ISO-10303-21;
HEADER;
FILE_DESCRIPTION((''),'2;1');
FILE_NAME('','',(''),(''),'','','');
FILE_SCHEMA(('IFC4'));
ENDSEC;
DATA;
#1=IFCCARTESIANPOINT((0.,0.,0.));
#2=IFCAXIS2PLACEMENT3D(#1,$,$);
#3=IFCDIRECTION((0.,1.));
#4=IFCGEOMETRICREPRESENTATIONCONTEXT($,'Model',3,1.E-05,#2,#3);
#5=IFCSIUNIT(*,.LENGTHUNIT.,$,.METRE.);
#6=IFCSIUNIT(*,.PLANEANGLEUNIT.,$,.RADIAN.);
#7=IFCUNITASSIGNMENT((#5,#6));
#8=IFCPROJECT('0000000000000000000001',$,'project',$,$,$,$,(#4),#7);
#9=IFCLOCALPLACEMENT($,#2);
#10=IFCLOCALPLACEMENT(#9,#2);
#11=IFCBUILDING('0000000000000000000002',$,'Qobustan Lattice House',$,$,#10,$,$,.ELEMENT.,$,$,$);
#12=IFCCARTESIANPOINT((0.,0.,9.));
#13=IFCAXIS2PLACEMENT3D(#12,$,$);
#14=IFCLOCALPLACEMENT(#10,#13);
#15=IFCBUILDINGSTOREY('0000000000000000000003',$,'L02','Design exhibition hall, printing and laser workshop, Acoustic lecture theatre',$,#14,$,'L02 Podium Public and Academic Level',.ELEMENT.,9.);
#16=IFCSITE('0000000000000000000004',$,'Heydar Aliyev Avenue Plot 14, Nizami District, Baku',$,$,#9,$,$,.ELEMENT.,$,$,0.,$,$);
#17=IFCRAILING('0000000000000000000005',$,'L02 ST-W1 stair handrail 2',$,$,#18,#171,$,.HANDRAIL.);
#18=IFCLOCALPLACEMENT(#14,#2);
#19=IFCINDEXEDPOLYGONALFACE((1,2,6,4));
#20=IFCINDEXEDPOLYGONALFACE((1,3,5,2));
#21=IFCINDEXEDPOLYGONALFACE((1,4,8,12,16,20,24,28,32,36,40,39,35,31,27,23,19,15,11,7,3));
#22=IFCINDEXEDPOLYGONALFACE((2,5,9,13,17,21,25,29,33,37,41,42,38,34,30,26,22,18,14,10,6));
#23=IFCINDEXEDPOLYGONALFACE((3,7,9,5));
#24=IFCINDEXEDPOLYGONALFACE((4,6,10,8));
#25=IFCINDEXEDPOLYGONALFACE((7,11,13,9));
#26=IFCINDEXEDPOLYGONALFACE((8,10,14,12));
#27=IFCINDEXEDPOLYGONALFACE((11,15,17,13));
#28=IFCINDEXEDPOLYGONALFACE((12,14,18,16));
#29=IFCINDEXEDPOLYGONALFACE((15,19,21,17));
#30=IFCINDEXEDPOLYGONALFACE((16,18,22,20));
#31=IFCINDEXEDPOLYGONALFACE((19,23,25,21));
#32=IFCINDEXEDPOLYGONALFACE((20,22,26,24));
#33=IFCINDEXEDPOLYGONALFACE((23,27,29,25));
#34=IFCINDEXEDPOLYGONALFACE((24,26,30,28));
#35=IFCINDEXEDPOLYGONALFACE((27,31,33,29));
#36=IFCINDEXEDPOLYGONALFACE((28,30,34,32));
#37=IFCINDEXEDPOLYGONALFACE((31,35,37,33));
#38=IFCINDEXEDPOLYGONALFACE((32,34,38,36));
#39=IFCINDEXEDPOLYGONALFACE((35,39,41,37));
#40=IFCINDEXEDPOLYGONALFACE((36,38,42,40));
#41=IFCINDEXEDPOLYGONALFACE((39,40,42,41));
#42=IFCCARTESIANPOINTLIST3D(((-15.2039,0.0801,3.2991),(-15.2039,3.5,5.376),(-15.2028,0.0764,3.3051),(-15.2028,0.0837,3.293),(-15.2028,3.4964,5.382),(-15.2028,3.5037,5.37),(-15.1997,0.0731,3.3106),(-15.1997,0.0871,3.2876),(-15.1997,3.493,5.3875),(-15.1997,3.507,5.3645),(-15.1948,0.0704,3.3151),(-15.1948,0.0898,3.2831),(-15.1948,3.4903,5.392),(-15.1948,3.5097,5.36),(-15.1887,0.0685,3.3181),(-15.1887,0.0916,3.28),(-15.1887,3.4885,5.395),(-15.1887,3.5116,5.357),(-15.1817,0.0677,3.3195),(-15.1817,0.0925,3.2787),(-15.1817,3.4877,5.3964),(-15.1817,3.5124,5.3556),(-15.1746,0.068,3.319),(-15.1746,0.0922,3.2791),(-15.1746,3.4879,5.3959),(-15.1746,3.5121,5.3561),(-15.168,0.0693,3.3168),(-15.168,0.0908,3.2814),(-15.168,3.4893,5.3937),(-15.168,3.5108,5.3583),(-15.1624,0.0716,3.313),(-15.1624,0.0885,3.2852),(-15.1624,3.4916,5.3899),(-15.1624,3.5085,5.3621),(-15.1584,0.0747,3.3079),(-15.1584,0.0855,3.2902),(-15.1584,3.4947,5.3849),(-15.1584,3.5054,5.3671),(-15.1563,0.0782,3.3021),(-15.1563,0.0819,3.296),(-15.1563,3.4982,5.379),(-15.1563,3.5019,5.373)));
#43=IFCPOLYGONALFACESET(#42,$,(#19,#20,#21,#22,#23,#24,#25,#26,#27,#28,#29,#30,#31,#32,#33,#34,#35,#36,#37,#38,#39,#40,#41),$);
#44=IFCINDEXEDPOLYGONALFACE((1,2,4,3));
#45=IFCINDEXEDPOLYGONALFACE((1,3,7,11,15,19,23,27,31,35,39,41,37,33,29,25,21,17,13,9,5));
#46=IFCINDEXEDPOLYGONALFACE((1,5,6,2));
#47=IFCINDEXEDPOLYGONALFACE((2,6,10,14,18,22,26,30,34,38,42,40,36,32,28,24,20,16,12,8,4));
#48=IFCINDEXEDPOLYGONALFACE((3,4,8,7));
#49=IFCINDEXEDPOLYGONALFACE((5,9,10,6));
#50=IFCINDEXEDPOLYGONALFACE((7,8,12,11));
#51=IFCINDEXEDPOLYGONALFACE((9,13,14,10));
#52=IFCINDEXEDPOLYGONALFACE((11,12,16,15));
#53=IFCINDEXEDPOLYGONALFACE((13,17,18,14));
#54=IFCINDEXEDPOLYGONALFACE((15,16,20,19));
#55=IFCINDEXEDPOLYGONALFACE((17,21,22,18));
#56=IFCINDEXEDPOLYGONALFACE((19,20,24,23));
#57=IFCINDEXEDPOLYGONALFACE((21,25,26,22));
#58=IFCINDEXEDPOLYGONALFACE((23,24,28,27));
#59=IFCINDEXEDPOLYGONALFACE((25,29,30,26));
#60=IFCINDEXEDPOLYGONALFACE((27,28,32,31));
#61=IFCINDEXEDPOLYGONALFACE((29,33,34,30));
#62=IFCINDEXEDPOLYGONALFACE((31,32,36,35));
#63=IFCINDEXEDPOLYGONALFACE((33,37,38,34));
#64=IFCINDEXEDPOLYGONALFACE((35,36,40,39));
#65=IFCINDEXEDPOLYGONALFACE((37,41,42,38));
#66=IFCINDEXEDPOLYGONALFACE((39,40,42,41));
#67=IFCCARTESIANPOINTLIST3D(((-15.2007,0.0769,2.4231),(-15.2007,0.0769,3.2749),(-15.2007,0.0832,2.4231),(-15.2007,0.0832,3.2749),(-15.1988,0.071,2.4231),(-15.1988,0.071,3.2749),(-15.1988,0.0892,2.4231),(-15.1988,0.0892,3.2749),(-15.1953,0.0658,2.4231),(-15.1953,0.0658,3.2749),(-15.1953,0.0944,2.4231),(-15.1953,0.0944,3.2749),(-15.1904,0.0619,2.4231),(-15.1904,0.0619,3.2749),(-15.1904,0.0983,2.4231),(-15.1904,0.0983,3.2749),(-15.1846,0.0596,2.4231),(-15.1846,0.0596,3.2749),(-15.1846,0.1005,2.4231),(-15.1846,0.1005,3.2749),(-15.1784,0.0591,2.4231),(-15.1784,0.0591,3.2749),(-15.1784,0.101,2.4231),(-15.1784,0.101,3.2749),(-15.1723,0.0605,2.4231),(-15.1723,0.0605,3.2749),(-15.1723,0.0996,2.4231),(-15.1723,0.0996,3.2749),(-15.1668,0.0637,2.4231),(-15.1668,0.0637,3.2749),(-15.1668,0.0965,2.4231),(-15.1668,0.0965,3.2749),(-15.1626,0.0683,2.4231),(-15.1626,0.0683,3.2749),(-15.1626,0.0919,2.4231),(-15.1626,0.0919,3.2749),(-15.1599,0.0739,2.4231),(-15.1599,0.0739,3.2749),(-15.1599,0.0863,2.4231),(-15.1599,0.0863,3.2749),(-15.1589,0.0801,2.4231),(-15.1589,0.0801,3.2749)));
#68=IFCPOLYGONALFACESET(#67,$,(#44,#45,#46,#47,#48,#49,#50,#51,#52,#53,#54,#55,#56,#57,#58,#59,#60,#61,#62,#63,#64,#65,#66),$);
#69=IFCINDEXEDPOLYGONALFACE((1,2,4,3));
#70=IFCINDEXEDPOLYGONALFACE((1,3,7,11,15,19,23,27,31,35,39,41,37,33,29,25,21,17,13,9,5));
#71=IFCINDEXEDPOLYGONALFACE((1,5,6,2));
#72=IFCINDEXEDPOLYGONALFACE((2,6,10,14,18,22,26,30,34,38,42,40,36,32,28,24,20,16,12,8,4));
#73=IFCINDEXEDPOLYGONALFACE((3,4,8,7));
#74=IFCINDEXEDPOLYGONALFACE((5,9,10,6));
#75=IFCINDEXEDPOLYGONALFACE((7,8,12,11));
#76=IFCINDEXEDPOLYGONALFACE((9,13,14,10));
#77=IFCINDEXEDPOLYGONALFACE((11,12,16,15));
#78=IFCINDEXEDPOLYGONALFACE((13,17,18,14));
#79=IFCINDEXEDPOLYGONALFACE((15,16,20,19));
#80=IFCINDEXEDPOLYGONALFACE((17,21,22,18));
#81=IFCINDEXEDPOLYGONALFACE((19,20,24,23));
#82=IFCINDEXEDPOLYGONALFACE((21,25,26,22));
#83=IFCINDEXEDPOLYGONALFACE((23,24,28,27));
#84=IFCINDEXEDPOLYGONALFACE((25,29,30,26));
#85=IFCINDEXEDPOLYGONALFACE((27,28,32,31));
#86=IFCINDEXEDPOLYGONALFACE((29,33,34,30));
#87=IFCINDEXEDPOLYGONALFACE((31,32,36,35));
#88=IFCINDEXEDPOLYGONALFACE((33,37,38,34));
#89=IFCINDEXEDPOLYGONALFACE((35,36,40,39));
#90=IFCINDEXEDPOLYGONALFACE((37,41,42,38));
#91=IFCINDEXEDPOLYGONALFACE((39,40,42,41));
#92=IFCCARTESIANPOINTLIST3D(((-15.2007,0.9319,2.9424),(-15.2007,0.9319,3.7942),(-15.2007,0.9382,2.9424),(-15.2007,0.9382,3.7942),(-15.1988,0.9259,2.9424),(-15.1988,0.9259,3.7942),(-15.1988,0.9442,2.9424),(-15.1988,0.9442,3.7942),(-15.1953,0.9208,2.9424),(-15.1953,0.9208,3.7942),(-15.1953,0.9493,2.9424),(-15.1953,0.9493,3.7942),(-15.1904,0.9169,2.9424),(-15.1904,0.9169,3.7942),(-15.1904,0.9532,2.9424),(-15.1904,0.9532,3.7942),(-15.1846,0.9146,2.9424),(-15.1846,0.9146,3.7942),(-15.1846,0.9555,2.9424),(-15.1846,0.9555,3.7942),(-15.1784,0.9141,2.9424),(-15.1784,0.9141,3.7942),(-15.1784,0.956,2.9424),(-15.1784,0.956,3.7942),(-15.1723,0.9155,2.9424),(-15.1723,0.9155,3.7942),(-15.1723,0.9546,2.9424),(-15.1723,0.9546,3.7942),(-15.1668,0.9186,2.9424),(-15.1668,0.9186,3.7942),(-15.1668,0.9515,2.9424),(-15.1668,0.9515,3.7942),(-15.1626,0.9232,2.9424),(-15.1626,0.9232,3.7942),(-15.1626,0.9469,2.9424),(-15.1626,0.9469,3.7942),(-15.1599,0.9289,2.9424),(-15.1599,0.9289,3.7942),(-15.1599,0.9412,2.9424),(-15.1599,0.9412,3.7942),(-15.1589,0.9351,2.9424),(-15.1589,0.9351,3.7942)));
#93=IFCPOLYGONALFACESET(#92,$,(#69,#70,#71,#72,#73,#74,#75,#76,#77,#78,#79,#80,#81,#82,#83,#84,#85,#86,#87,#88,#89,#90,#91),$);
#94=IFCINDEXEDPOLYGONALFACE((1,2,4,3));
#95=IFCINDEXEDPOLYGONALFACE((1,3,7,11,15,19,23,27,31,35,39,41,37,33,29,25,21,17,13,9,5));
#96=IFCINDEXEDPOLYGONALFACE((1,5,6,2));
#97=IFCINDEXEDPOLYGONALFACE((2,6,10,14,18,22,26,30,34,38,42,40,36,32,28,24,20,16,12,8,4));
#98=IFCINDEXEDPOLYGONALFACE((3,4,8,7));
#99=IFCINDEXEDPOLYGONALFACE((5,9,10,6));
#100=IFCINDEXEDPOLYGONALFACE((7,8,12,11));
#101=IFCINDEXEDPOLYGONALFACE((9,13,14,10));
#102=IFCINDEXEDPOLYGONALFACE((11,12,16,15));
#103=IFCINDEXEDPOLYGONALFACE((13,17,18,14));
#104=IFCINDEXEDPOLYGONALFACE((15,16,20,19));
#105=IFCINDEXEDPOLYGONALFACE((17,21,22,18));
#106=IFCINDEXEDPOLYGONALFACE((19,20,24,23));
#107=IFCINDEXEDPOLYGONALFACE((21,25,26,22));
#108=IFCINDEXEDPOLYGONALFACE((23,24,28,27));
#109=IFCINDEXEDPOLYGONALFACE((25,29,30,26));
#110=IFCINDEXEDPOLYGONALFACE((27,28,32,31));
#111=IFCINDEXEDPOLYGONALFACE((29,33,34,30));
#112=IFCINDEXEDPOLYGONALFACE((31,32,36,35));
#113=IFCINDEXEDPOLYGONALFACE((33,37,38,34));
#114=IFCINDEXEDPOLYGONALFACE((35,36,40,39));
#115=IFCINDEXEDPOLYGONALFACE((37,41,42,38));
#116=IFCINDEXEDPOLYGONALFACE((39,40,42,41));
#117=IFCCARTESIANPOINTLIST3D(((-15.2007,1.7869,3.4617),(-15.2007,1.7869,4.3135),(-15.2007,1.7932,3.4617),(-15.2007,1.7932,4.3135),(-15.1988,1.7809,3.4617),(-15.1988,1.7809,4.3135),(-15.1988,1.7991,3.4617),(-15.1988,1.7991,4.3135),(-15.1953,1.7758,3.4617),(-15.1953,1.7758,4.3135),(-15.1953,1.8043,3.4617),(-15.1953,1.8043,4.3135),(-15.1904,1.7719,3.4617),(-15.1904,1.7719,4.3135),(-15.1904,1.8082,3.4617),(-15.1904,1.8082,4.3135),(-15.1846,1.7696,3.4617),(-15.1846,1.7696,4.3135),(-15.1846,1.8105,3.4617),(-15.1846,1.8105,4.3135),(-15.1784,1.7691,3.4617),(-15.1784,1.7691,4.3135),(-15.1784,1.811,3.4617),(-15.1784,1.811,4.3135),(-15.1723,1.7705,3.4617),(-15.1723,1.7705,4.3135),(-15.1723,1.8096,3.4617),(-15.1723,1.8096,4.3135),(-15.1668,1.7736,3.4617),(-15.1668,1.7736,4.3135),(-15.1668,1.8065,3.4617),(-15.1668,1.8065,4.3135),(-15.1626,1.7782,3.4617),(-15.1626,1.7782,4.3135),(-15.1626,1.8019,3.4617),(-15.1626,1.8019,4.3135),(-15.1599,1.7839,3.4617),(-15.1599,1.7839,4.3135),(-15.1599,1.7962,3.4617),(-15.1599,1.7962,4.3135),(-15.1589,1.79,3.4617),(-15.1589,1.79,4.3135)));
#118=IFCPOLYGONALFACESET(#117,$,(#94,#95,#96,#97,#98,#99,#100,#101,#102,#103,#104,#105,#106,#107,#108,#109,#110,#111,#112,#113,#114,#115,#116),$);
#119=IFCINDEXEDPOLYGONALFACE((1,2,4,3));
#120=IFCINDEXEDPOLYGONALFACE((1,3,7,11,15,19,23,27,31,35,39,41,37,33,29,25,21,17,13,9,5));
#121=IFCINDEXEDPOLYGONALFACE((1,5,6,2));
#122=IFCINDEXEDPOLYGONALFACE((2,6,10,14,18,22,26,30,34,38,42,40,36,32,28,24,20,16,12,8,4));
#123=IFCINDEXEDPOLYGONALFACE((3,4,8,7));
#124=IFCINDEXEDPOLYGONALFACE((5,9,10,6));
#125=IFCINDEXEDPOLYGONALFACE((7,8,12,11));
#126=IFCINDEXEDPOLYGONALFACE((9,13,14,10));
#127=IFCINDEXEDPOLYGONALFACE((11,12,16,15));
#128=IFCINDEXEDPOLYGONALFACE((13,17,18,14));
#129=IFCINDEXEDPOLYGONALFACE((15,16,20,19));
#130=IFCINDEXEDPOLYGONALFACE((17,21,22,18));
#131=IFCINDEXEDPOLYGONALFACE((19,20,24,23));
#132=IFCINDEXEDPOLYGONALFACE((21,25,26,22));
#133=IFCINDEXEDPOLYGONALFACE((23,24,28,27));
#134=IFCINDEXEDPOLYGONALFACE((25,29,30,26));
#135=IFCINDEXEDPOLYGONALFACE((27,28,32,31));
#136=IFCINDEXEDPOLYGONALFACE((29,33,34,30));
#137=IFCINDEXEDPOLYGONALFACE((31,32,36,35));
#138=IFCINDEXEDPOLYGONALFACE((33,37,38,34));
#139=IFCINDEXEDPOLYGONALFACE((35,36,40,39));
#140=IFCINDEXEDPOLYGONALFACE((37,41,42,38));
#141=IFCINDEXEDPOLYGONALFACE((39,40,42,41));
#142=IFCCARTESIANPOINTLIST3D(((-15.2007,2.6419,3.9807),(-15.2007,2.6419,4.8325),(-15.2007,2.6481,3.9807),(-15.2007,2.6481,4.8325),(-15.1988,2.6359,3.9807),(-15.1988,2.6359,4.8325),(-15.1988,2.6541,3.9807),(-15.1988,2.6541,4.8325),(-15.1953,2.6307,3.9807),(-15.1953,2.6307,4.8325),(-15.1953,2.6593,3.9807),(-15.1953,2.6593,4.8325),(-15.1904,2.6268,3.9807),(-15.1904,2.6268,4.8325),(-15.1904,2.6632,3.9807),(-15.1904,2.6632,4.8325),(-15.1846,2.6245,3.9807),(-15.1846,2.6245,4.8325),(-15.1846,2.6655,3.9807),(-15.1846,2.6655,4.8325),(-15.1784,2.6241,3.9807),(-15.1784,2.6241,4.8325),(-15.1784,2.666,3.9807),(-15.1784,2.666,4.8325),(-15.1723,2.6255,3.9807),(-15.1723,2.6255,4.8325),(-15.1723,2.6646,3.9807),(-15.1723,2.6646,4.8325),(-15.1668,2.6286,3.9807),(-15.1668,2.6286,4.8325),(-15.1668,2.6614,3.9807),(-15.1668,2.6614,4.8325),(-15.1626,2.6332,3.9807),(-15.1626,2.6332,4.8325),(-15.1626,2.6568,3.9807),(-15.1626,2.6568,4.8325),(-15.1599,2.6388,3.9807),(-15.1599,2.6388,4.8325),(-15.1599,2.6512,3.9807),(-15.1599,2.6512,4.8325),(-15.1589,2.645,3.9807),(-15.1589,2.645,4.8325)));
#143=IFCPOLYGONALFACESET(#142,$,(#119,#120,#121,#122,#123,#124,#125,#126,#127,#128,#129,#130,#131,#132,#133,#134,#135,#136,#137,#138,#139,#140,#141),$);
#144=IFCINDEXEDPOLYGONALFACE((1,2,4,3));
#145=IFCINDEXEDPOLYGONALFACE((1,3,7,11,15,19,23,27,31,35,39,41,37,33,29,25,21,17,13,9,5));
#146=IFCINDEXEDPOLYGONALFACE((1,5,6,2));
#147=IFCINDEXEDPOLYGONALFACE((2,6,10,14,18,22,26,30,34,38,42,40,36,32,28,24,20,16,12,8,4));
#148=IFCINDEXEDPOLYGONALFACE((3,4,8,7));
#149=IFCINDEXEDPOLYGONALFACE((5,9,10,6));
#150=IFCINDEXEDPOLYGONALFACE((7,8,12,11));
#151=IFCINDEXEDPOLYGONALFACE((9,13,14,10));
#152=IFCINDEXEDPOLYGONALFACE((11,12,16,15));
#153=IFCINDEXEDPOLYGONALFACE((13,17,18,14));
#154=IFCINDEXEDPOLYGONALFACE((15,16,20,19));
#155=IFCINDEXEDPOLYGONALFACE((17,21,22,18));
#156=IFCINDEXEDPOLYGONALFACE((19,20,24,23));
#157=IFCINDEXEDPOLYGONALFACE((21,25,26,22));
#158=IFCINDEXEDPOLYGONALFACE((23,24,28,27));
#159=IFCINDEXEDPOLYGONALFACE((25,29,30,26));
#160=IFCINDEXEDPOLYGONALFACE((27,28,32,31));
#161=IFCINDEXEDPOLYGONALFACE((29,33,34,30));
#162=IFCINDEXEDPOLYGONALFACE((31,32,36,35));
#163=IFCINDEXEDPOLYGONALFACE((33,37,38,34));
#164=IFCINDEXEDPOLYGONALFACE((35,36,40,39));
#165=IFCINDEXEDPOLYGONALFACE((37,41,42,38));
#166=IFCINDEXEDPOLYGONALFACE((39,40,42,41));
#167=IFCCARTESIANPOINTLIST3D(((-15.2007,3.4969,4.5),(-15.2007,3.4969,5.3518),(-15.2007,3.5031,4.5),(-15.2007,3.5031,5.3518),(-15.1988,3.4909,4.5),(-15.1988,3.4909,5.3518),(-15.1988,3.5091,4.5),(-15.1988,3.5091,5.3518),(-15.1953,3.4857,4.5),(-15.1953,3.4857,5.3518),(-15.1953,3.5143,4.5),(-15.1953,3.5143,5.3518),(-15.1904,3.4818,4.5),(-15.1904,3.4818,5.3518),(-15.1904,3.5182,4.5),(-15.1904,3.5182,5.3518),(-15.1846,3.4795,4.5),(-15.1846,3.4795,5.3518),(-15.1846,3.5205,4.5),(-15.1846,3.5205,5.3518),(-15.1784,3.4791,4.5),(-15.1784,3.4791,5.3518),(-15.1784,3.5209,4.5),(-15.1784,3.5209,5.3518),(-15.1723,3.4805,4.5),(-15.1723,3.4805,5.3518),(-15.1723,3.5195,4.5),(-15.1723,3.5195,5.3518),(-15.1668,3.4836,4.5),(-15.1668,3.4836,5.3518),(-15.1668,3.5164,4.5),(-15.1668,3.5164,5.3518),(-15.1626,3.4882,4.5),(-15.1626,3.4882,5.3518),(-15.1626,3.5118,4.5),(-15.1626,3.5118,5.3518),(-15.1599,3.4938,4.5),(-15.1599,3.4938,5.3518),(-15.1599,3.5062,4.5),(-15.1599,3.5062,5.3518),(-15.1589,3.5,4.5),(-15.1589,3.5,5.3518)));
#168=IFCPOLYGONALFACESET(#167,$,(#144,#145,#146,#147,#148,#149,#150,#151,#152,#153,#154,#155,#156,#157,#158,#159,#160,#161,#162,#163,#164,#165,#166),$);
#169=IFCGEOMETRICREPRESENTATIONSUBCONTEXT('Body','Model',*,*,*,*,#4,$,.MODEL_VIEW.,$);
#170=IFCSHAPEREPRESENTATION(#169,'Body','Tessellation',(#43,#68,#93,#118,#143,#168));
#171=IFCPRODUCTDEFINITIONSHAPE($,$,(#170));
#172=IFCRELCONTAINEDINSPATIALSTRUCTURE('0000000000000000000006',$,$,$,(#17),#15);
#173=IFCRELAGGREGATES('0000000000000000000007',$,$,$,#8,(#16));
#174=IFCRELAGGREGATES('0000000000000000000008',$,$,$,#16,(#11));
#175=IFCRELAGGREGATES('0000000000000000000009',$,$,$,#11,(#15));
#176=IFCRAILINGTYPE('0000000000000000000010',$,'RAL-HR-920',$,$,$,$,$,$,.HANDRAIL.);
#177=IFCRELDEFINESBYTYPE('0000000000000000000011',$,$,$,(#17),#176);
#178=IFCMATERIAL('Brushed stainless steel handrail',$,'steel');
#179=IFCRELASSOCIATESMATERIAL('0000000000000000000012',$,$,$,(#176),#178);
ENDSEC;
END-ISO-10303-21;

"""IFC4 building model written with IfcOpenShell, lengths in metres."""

from ifc_helpers import new_model, si_unit, direction, frame, origin, origin_2d, place, context, subcontext, project, spatial, circle, extrude, material, type_object, element, save


model = new_model("IFC4")

# Units and contexts
model_context = context("Model", 3, precision=1e-05, world=origin(), true_north=direction((0.0, 1.0)))
body_context = subcontext(model_context, "Body", "Model", "MODEL_VIEW")
ifc_project = project(units=[si_unit("LENGTHUNIT", "METRE"), si_unit("PLANEANGLEUNIT", "RADIAN")], contexts=[model_context])

# Site, building, storey
site_placement = place(None, origin())
site = spatial("IfcSite", under=ifc_project, at=site_placement, Name="Heydar Aliyev Avenue Plot 14, Nizami District, Baku", CompositionType="ELEMENT", RefElevation=0.0)
building_placement = place(site_placement, origin())
building = spatial("IfcBuilding", under=site, at=building_placement, Name="Qobustan Lattice House", CompositionType="ELEMENT")
storey_placement = place(building_placement, frame((0.0, 0.0, 9.0)))
storey = spatial("IfcBuildingStorey", under=building, at=storey_placement, Name="L02", Description="Design exhibition hall, printing and laser workshop, Acoustic lecture theatre", LongName="L02 Podium Public and Academic Level", CompositionType="ELEMENT", Elevation=9.0)

# Railing
ifc_material_1 = material(Name="Brushed stainless steel handrail", Category="steel")
railing_type_1 = type_object("IfcRailingType", Name="RAL-HR-920", PredefinedType="HANDRAIL", material=ifc_material_1)
railing_1_placement = place(storey_placement, frame((-15.1799, 0.0801, 2.4231)))
element("IfcRailing", 1, at=railing_1_placement, inside=storey, type_object=railing_type_1, Name="L02 ST-W1 stair handrail 2", PredefinedType="HANDRAIL", context=body_context, shape_type="SweptSolid", body=[
    extrude(circle(Radius=0.0239, at=origin_2d()), frame((0.0, 0.0, 0.876), z_axis=(0.0, 0.85473, 0.519074), x_axis=(-1.0, 0.0, 0.0)), (0.0, 0.0, 1.0), 4.0012),
    extrude(circle(Radius=0.021, at=origin_2d()), origin(), (0.0, 0.0, 1.0), 0.8518),
    extrude(circle(Radius=0.021, at=origin_2d()), frame((0.0, 0.855, 0.5193)), (0.0, 0.0, 1.0), 0.8518),
    extrude(circle(Radius=0.021, at=origin_2d()), frame((0.0, 1.71, 1.0386)), (0.0, 0.0, 1.0), 0.8518),
    extrude(circle(Radius=0.021, at=origin_2d()), frame((0.0, 2.5649, 1.5576)), (0.0, 0.0, 1.0), 0.8518),
    extrude(circle(Radius=0.021, at=origin_2d()), frame((0.0, 3.4199, 2.0769)), (0.0, 0.0, 1.0), 0.8518),
])

save(model, "model.ifc")
